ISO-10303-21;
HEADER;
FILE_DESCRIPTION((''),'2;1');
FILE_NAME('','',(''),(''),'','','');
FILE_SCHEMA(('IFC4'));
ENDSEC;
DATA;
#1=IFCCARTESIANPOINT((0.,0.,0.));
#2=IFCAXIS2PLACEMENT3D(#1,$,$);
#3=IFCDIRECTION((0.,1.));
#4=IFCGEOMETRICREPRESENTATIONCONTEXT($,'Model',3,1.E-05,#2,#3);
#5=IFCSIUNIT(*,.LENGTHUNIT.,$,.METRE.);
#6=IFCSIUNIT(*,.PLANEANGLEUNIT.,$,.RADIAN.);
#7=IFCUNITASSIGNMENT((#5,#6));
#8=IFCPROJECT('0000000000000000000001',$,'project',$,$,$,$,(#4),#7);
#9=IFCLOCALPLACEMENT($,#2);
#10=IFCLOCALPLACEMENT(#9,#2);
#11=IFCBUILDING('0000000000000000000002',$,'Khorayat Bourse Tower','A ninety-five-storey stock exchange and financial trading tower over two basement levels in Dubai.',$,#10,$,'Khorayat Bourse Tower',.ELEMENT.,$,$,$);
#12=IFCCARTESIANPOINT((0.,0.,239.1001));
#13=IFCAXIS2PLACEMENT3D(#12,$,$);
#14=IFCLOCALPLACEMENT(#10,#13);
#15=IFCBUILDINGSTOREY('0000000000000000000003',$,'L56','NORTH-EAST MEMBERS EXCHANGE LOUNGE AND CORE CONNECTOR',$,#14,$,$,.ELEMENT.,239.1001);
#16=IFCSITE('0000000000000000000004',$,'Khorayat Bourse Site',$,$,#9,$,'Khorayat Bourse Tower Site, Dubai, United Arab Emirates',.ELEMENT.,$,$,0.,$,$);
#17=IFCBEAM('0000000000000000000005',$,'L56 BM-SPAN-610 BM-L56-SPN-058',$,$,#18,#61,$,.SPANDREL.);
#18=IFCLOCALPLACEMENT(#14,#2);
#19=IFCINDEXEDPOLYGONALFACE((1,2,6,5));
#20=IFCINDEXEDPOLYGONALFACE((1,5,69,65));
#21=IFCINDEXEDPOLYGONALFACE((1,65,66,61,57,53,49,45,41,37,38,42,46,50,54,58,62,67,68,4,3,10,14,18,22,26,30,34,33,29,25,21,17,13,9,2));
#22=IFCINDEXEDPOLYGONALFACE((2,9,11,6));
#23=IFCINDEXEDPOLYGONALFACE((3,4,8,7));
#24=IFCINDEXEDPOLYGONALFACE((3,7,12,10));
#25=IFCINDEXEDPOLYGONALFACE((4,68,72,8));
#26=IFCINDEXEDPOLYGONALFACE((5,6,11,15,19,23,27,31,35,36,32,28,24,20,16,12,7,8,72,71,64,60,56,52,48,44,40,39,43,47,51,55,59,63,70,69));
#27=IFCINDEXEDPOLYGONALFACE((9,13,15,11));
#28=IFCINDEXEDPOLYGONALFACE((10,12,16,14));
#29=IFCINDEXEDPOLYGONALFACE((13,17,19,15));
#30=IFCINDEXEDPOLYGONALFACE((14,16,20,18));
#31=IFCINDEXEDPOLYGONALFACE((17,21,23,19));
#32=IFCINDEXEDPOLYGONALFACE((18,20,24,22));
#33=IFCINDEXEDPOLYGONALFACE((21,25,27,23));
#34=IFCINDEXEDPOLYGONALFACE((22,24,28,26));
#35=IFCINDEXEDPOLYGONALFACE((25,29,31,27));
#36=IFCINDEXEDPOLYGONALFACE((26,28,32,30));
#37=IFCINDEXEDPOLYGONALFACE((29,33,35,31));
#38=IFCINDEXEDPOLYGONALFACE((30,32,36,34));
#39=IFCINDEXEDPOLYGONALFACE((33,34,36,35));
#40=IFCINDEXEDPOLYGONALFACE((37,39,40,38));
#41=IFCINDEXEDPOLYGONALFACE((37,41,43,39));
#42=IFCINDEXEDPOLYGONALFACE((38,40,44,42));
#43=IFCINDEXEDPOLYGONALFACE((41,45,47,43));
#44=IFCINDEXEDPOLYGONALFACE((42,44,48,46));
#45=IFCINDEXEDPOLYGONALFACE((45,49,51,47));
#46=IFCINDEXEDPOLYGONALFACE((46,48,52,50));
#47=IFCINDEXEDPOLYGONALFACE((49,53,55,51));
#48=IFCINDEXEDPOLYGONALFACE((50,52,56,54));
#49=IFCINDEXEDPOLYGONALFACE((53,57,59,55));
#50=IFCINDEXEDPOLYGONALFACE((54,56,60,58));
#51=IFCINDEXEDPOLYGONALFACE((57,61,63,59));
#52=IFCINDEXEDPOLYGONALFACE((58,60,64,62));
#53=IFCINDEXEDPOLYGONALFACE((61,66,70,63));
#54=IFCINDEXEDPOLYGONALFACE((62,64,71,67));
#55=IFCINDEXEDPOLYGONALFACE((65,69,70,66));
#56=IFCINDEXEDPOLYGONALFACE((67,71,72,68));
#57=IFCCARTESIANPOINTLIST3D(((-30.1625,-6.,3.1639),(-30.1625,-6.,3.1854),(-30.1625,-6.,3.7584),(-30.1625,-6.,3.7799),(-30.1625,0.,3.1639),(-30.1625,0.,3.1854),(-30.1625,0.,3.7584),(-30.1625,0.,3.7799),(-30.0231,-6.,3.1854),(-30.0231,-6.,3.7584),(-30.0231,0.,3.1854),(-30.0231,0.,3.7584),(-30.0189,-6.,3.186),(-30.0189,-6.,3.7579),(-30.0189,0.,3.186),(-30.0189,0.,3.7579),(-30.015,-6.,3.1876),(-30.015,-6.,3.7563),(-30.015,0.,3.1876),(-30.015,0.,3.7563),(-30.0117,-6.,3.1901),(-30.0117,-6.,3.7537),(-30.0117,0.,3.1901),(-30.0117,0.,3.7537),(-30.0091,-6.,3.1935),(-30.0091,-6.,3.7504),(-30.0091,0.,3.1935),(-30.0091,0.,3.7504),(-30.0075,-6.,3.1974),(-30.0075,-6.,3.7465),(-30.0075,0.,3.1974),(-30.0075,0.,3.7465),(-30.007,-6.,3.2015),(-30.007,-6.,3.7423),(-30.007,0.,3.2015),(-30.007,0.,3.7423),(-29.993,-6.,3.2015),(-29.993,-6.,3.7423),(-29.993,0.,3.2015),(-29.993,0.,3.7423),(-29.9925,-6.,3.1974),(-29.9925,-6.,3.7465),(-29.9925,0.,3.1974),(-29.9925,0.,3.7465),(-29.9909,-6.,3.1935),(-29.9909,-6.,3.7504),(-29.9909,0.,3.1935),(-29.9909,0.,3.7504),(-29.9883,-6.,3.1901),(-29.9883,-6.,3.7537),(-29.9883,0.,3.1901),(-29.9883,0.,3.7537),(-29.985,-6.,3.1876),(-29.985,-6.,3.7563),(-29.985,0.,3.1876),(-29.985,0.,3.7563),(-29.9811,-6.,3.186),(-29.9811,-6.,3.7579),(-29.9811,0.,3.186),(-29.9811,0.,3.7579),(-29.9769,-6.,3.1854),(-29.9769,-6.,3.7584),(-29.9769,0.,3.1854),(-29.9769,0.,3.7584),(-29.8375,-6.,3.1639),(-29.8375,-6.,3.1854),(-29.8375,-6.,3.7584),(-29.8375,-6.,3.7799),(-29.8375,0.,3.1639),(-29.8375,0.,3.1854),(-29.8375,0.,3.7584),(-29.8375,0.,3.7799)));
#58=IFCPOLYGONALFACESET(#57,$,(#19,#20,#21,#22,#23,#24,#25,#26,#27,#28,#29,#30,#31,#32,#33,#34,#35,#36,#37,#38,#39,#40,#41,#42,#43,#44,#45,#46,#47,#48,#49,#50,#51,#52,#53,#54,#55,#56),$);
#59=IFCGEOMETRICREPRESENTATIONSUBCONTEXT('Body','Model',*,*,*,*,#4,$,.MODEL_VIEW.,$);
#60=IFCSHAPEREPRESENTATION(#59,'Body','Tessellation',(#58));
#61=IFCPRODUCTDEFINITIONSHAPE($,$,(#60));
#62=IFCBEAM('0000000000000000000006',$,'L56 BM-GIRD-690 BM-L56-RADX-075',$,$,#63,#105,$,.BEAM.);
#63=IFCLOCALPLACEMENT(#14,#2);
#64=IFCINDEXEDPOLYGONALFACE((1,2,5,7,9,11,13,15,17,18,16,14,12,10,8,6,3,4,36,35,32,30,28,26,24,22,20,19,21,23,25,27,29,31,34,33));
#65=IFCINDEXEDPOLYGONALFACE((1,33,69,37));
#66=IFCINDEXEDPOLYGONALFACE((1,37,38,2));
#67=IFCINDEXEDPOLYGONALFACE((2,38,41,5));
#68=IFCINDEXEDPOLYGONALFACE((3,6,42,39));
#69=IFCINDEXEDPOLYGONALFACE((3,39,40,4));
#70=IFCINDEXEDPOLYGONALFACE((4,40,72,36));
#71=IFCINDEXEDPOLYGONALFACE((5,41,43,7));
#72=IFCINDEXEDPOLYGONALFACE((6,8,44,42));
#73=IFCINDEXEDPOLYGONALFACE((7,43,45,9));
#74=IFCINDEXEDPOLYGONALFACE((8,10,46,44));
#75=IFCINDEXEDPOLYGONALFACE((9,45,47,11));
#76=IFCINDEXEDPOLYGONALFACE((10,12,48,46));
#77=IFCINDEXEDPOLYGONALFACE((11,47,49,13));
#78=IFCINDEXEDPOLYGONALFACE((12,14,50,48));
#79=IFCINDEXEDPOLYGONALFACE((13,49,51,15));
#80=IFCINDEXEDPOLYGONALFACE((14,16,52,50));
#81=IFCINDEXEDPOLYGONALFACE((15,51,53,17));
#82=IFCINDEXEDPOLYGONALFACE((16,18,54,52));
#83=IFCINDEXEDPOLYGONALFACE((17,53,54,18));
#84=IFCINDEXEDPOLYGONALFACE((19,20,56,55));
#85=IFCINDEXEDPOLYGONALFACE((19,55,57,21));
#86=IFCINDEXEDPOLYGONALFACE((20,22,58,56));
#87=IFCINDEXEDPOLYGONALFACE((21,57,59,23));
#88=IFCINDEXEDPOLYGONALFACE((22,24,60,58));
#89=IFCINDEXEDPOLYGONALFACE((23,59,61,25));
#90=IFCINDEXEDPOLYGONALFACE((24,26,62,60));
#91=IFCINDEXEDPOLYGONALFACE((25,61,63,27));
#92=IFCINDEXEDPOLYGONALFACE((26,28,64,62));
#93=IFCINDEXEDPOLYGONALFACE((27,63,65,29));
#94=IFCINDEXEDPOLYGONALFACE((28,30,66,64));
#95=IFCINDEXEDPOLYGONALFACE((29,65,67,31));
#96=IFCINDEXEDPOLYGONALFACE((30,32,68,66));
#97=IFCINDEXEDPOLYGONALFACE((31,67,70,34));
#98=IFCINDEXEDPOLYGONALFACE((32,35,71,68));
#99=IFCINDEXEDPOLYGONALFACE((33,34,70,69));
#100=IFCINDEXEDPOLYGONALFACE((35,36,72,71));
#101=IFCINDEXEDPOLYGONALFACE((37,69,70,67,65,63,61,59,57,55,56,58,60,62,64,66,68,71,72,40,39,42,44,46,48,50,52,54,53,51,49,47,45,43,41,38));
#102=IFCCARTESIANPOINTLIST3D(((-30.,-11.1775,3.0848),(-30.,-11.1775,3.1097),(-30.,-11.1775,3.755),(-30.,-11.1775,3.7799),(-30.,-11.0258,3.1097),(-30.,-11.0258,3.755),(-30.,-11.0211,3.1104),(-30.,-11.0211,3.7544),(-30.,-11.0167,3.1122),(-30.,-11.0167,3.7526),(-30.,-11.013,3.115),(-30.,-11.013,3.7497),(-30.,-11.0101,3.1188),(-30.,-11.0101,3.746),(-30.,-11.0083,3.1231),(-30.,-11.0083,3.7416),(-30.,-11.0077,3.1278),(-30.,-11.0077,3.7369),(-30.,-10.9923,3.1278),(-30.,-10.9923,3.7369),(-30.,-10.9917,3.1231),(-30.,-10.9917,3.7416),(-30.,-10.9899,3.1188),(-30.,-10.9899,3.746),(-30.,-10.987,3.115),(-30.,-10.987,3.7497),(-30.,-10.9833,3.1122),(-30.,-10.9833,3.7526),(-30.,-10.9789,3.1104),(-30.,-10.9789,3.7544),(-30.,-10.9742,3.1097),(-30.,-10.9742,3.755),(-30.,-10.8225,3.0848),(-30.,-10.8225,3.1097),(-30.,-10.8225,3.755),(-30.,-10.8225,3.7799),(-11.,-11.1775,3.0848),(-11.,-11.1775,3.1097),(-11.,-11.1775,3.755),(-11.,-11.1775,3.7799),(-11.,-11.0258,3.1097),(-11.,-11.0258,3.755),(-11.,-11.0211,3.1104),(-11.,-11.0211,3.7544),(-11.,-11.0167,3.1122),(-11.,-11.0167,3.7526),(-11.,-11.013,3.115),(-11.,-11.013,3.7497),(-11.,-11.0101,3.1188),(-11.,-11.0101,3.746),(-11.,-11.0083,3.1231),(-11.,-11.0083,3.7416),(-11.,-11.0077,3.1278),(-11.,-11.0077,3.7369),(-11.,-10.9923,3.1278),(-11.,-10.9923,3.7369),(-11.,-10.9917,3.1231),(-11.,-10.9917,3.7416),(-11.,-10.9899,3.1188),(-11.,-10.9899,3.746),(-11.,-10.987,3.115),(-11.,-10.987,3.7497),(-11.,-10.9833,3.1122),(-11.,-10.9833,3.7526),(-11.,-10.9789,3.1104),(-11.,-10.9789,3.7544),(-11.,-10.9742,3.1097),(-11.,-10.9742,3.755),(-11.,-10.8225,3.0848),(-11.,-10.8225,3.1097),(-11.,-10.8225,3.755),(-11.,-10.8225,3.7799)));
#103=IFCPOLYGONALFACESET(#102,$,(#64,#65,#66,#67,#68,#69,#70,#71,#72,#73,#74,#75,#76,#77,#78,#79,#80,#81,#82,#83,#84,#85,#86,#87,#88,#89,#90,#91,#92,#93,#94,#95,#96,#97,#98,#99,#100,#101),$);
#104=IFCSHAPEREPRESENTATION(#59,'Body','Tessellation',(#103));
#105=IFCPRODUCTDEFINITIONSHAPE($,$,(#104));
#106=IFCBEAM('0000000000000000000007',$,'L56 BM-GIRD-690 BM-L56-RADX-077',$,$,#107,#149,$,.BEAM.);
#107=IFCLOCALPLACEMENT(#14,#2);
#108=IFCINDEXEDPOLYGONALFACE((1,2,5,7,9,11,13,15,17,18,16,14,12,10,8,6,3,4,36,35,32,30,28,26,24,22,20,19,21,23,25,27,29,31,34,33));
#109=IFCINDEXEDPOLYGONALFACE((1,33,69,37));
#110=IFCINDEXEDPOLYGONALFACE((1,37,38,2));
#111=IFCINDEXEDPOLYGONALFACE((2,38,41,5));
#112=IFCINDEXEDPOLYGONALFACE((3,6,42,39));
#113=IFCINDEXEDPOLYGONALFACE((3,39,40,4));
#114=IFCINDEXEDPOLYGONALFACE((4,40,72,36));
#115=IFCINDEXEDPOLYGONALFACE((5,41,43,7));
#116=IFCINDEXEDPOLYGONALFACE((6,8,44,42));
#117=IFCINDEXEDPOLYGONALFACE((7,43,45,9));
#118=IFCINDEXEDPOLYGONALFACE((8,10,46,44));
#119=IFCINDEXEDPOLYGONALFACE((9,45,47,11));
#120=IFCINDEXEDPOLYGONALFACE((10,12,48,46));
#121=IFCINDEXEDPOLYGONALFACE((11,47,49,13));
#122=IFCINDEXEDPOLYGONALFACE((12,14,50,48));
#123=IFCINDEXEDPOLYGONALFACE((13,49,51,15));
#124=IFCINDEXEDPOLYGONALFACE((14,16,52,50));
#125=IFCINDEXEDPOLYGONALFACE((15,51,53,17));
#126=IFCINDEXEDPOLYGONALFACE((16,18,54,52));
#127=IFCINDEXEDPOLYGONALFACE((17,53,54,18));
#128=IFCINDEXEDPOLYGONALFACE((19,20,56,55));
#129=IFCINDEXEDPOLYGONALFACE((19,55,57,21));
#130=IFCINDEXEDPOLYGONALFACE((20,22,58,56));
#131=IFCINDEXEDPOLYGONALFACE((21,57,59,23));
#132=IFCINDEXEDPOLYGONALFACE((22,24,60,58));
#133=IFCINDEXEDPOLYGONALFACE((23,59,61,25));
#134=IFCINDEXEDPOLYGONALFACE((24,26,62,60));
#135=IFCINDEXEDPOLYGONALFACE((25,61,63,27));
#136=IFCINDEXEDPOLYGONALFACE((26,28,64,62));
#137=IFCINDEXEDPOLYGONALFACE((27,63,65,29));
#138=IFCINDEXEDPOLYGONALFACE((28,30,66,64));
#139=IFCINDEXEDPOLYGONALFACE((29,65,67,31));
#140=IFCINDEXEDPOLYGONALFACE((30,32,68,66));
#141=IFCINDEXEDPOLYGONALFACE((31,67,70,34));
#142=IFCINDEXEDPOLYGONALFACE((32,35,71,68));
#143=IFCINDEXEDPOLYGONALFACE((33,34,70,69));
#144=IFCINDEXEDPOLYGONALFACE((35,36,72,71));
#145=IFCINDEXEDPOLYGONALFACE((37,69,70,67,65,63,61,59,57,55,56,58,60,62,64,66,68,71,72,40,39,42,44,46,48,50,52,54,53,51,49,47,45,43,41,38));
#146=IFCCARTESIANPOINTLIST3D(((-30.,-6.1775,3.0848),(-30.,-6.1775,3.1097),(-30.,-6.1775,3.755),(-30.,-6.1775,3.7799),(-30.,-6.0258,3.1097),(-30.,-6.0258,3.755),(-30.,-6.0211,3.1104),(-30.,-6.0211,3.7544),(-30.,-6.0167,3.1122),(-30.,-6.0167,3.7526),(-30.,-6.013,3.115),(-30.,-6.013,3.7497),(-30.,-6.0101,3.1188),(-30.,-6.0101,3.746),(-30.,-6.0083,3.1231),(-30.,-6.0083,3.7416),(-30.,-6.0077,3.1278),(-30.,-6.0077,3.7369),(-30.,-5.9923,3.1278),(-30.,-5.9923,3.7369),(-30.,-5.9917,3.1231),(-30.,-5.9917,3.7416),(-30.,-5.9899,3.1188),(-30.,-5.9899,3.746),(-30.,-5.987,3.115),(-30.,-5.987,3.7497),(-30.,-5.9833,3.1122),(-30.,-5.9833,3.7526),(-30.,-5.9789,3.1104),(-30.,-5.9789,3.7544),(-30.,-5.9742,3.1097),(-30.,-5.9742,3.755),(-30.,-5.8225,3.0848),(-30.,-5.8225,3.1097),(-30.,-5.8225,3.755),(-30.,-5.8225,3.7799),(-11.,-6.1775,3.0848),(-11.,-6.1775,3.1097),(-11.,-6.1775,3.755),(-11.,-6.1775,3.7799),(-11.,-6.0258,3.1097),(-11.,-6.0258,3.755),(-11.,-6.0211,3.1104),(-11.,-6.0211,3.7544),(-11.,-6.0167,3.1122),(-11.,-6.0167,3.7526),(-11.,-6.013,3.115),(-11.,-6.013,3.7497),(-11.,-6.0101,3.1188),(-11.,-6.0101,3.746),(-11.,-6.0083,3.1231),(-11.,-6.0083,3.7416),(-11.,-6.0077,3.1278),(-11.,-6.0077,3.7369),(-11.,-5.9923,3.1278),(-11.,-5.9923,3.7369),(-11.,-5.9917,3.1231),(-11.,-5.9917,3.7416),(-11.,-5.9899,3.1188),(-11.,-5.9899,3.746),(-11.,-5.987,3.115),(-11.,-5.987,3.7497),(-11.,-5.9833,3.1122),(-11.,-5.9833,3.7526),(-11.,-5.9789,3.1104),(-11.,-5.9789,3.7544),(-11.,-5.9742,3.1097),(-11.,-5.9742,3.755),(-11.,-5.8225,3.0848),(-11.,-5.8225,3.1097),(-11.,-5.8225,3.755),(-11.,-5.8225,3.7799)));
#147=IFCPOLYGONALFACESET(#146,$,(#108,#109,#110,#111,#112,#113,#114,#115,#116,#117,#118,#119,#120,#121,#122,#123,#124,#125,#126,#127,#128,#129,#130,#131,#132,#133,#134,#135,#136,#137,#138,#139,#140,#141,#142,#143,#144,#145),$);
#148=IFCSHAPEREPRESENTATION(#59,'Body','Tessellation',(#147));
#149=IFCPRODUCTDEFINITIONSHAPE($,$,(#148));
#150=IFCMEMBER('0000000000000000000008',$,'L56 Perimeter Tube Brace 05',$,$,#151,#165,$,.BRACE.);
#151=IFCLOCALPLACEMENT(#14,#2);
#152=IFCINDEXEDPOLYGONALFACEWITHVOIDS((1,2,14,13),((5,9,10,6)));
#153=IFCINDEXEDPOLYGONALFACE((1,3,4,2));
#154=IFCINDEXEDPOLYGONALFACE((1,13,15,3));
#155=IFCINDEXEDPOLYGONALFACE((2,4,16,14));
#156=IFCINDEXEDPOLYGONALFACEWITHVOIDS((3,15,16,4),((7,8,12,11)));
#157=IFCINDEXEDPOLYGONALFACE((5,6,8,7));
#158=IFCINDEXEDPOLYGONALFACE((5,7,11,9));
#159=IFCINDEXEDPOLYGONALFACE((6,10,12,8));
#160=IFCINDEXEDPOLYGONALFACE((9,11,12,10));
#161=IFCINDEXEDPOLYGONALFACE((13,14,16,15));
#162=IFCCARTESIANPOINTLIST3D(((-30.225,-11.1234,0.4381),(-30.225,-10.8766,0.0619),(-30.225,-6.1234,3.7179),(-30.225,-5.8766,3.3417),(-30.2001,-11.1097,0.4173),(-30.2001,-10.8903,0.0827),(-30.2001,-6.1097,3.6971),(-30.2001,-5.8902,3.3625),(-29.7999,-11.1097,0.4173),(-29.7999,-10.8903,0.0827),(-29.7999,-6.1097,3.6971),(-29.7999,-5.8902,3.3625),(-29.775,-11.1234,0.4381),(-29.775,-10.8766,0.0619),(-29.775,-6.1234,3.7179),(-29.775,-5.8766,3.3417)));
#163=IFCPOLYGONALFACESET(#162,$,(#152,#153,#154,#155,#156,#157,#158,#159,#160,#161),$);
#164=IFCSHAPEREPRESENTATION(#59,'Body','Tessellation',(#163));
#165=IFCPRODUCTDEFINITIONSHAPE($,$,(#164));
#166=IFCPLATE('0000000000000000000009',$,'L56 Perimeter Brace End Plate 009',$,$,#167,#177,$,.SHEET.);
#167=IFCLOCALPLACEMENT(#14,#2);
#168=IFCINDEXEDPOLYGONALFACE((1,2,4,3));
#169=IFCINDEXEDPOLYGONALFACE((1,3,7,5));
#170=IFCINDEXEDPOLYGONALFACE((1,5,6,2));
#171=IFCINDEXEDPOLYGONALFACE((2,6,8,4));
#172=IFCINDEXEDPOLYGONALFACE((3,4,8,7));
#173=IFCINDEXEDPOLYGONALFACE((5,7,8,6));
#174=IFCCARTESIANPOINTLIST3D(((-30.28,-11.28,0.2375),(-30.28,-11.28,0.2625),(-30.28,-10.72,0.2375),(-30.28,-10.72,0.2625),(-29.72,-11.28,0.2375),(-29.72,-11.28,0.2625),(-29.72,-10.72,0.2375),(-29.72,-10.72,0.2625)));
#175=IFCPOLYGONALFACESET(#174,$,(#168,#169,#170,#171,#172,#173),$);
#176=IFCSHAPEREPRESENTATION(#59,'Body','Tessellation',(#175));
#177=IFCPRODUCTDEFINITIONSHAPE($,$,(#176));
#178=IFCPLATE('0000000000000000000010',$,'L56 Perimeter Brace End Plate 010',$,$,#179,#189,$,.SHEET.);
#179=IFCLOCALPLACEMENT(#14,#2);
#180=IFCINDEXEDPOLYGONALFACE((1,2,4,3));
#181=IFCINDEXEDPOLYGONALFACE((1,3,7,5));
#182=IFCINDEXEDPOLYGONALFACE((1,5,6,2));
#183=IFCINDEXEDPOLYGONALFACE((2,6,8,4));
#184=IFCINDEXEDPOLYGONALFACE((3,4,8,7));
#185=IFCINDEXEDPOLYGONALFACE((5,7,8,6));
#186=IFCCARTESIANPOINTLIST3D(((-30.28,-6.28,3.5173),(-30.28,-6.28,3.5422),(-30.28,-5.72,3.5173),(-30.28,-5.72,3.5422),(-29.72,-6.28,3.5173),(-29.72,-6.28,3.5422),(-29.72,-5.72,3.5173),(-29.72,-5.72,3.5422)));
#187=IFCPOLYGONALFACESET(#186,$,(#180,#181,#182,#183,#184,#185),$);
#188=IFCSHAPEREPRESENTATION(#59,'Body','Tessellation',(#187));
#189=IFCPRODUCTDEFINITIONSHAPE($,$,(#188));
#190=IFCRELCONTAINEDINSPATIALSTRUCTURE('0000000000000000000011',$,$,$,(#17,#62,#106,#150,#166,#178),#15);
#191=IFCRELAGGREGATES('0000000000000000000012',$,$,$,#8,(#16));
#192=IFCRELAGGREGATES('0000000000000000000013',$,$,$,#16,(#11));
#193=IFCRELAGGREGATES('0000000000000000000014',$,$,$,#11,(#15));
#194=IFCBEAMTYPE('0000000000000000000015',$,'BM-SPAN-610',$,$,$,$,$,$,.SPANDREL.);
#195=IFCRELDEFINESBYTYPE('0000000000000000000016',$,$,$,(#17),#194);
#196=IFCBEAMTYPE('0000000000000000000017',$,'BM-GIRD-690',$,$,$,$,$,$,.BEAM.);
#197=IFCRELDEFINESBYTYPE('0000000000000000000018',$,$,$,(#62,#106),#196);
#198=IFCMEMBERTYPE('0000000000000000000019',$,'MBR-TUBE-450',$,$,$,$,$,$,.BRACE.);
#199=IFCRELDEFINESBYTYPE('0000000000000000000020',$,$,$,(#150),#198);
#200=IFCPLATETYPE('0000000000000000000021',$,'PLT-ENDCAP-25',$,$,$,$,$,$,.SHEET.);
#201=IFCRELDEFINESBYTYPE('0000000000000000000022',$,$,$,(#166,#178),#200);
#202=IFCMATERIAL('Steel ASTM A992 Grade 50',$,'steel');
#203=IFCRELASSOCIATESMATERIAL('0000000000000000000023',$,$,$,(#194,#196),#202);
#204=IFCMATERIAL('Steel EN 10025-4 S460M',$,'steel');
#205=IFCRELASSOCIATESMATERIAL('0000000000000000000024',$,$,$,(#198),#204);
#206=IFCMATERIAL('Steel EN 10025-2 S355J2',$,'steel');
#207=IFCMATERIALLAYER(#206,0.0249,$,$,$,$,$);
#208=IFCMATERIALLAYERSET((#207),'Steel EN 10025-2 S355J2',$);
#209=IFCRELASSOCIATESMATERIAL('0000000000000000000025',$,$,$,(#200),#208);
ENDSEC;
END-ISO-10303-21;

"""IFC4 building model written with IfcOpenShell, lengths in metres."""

from ifc_helpers import new_model, si_unit, direction, frame, origin, origin_2d, place, context, subcontext, project, spatial, rectangle, hollow_rectangle, i_section, extrude, source, transform, mapped, material, layer, layer_set, material_profile, profile_set, type_object, element, save


model = new_model("IFC4")

# Units and contexts
model_context = context("Model", 3, precision=1e-05, world=origin(), true_north=direction((0.0, 1.0)))
body_context = subcontext(model_context, "Body", "Model", "MODEL_VIEW")
ifc_project = project(units=[si_unit("LENGTHUNIT", "METRE"), si_unit("PLANEANGLEUNIT", "RADIAN")], contexts=[model_context])

# Site, building, storey
site_placement = place(None, origin())
site = spatial("IfcSite", under=ifc_project, at=site_placement, Name="Khorayat Bourse Site", LongName="Khorayat Bourse Tower Site, Dubai, United Arab Emirates", CompositionType="ELEMENT", RefElevation=0.0)
building_placement = place(site_placement, origin())
building = spatial("IfcBuilding", under=site, at=building_placement, Name="Khorayat Bourse Tower", Description="A ninety-five-storey stock exchange and financial trading tower over two basement levels in Dubai.", LongName="Khorayat Bourse Tower", CompositionType="ELEMENT")
storey_placement = place(building_placement, frame((0.0, 0.0, 239.1001)))
storey = spatial("IfcBuildingStorey", under=building, at=storey_placement, Name="L56", Description="NORTH-EAST MEMBERS EXCHANGE LOUNGE AND CORE CONNECTOR", CompositionType="ELEMENT", Elevation=239.1001)

# Shared definitions
ifc_material_1 = material(Name="Steel EN 10025-4 S460M", Category="steel")

# Beams
ifc_material_2 = material(Name="Steel ASTM A992 Grade 50", Category="steel")
ifc_material_profile_1 = material_profile(ifc_material_2, i_section(OverallWidth=0.325, OverallDepth=0.616, WebThickness=0.0139, FlangeThickness=0.0215, FilletRadius=0.0161, at=origin_2d()), Name="W610X174")
ifc_profile_set_1 = profile_set([ifc_material_profile_1], Name="Steel ASTM A992 Grade 50")
beam_type_1 = type_object("IfcBeamType", Name="BM-SPAN-610", PredefinedType="SPANDREL", material=ifc_profile_set_1)
shared_shape_1 = source(origin(), body_context, "Body", "SweptSolid", [
    extrude(i_section(OverallWidth=0.325, OverallDepth=0.616, WebThickness=0.0139, FlangeThickness=0.0215, FilletRadius=0.0161, at=origin_2d()), origin(), (0.0, 0.0, 1.0), 6.0),
])
beam_1_placement = place(storey_placement, frame((-30.0, -6.0, 3.4719), z_axis=(0.0, 1.0, 0.0), x_axis=(-1.0, 0.0, 0.0)))
element("IfcBeam", 1, at=beam_1_placement, inside=storey, type_object=beam_type_1, Name="L56 BM-SPAN-610 BM-L56-SPN-058", PredefinedType="SPANDREL", context=body_context, shape_type="MappedRepresentation", body=[
    mapped(shared_shape_1, transform((0.0, 0.0, 0.0), scale=1.0)),
])
ifc_material_profile_2 = material_profile(ifc_material_2, i_section(OverallWidth=0.355, OverallDepth=0.6951, WebThickness=0.0154, FlangeThickness=0.0249, FilletRadius=0.0181, at=origin_2d()), Name="W690X217")
ifc_profile_set_2 = profile_set([ifc_material_profile_2], Name="Steel ASTM A992 Grade 50")
beam_type_2 = type_object("IfcBeamType", Name="BM-GIRD-690", PredefinedType="BEAM", material=ifc_profile_set_2)
shared_shape_2 = source(origin(), body_context, "Body", "SweptSolid", [
    extrude(i_section(OverallWidth=0.355, OverallDepth=0.6951, WebThickness=0.0154, FlangeThickness=0.0249, FilletRadius=0.0181, at=origin_2d()), origin(), (0.0, 0.0, 1.0), 19.0),
])
for number, where, z_axis, x_axis, name in (
    (2, (-30.0, -11.0, 3.4324), (1.0, 0.0, 0.0), (0.0, 1.0, 0.0), "L56 BM-GIRD-690 BM-L56-RADX-075"),
    (3, (-30.0, -6.0, 3.4324), (1.0, 0.0, 0.0), (0.0, 1.0, 0.0), "L56 BM-GIRD-690 BM-L56-RADX-077"),
):
    element("IfcBeam", number, at=place(storey_placement, frame(where, z_axis=z_axis, x_axis=x_axis)), inside=storey, type_object=beam_type_2, Name=name, PredefinedType="BEAM", context=body_context, shape_type="MappedRepresentation", body=[
        mapped(shared_shape_2, transform((0.0, 0.0, 0.0), scale=1.0)),
    ])

# Member
ifc_material_profile_3 = material_profile(ifc_material_1, hollow_rectangle(XDim=0.45, YDim=0.45, WallThickness=0.0249, at=origin_2d()), Name="HSS 450x450x25")
ifc_profile_set_3 = profile_set([ifc_material_profile_3], Name="Steel EN 10025-4 S460M")
member_type = type_object("IfcMemberType", Name="MBR-TUBE-450", PredefinedType="BRACE", material=ifc_profile_set_3)
shared_shape_3 = source(origin(), body_context, "Body", "SweptSolid", [
    extrude(hollow_rectangle(XDim=0.45, YDim=0.45, WallThickness=0.0249, at=origin_2d()), origin(), (0.0, 0.0, 1.0), 5.9797),
])
member_placement = place(storey_placement, frame((-30.0, -11.0, 0.25), z_axis=(0.0, 0.83616, 0.548485), x_axis=(-1.0, 0.0, 0.0)))
element("IfcMember", 4, at=member_placement, inside=storey, type_object=member_type, Name="L56 Perimeter Tube Brace 05", PredefinedType="BRACE", context=body_context, shape_type="MappedRepresentation", body=[
    mapped(shared_shape_3, transform((0.0, 0.0, 0.0), scale=1.0)),
])

# Plates
ifc_material_3 = material(Name="Steel EN 10025-2 S355J2", Category="steel")
ifc_layer_1 = layer(ifc_material_3, 0.0249)
ifc_layer_set_1 = layer_set([ifc_layer_1], Name="Steel EN 10025-2 S355J2")
plate_type_1 = type_object("IfcPlateType", Name="PLT-ENDCAP-25", PredefinedType="SHEET", material=ifc_layer_set_1)
shared_shape_4 = source(origin(), body_context, "Body", "SweptSolid", [
    extrude(rectangle(XDim=0.5601, YDim=0.5601, at=origin_2d()), origin(), (0.0, 0.0, 1.0), 0.0249),
])
for number, where, z_axis, x_axis, name in (
    (5, (-30.0, -11.0, 0.2375), (0.0, 0.0, 1.0), (1.0, 0.0, 0.0), "L56 Perimeter Brace End Plate 009"),
    (6, (-30.0, -6.0, 3.5173), (0.0, 0.0, 1.0), (1.0, 0.0, 0.0), "L56 Perimeter Brace End Plate 010"),
):
    element("IfcPlate", number, at=place(storey_placement, frame(where, z_axis=z_axis, x_axis=x_axis)), inside=storey, type_object=plate_type_1, Name=name, PredefinedType="SHEET", context=body_context, shape_type="MappedRepresentation", body=[
        mapped(shared_shape_4, transform((0.0, 0.0, 0.0), scale=1.0)),
    ])

save(model, "model.ifc")
